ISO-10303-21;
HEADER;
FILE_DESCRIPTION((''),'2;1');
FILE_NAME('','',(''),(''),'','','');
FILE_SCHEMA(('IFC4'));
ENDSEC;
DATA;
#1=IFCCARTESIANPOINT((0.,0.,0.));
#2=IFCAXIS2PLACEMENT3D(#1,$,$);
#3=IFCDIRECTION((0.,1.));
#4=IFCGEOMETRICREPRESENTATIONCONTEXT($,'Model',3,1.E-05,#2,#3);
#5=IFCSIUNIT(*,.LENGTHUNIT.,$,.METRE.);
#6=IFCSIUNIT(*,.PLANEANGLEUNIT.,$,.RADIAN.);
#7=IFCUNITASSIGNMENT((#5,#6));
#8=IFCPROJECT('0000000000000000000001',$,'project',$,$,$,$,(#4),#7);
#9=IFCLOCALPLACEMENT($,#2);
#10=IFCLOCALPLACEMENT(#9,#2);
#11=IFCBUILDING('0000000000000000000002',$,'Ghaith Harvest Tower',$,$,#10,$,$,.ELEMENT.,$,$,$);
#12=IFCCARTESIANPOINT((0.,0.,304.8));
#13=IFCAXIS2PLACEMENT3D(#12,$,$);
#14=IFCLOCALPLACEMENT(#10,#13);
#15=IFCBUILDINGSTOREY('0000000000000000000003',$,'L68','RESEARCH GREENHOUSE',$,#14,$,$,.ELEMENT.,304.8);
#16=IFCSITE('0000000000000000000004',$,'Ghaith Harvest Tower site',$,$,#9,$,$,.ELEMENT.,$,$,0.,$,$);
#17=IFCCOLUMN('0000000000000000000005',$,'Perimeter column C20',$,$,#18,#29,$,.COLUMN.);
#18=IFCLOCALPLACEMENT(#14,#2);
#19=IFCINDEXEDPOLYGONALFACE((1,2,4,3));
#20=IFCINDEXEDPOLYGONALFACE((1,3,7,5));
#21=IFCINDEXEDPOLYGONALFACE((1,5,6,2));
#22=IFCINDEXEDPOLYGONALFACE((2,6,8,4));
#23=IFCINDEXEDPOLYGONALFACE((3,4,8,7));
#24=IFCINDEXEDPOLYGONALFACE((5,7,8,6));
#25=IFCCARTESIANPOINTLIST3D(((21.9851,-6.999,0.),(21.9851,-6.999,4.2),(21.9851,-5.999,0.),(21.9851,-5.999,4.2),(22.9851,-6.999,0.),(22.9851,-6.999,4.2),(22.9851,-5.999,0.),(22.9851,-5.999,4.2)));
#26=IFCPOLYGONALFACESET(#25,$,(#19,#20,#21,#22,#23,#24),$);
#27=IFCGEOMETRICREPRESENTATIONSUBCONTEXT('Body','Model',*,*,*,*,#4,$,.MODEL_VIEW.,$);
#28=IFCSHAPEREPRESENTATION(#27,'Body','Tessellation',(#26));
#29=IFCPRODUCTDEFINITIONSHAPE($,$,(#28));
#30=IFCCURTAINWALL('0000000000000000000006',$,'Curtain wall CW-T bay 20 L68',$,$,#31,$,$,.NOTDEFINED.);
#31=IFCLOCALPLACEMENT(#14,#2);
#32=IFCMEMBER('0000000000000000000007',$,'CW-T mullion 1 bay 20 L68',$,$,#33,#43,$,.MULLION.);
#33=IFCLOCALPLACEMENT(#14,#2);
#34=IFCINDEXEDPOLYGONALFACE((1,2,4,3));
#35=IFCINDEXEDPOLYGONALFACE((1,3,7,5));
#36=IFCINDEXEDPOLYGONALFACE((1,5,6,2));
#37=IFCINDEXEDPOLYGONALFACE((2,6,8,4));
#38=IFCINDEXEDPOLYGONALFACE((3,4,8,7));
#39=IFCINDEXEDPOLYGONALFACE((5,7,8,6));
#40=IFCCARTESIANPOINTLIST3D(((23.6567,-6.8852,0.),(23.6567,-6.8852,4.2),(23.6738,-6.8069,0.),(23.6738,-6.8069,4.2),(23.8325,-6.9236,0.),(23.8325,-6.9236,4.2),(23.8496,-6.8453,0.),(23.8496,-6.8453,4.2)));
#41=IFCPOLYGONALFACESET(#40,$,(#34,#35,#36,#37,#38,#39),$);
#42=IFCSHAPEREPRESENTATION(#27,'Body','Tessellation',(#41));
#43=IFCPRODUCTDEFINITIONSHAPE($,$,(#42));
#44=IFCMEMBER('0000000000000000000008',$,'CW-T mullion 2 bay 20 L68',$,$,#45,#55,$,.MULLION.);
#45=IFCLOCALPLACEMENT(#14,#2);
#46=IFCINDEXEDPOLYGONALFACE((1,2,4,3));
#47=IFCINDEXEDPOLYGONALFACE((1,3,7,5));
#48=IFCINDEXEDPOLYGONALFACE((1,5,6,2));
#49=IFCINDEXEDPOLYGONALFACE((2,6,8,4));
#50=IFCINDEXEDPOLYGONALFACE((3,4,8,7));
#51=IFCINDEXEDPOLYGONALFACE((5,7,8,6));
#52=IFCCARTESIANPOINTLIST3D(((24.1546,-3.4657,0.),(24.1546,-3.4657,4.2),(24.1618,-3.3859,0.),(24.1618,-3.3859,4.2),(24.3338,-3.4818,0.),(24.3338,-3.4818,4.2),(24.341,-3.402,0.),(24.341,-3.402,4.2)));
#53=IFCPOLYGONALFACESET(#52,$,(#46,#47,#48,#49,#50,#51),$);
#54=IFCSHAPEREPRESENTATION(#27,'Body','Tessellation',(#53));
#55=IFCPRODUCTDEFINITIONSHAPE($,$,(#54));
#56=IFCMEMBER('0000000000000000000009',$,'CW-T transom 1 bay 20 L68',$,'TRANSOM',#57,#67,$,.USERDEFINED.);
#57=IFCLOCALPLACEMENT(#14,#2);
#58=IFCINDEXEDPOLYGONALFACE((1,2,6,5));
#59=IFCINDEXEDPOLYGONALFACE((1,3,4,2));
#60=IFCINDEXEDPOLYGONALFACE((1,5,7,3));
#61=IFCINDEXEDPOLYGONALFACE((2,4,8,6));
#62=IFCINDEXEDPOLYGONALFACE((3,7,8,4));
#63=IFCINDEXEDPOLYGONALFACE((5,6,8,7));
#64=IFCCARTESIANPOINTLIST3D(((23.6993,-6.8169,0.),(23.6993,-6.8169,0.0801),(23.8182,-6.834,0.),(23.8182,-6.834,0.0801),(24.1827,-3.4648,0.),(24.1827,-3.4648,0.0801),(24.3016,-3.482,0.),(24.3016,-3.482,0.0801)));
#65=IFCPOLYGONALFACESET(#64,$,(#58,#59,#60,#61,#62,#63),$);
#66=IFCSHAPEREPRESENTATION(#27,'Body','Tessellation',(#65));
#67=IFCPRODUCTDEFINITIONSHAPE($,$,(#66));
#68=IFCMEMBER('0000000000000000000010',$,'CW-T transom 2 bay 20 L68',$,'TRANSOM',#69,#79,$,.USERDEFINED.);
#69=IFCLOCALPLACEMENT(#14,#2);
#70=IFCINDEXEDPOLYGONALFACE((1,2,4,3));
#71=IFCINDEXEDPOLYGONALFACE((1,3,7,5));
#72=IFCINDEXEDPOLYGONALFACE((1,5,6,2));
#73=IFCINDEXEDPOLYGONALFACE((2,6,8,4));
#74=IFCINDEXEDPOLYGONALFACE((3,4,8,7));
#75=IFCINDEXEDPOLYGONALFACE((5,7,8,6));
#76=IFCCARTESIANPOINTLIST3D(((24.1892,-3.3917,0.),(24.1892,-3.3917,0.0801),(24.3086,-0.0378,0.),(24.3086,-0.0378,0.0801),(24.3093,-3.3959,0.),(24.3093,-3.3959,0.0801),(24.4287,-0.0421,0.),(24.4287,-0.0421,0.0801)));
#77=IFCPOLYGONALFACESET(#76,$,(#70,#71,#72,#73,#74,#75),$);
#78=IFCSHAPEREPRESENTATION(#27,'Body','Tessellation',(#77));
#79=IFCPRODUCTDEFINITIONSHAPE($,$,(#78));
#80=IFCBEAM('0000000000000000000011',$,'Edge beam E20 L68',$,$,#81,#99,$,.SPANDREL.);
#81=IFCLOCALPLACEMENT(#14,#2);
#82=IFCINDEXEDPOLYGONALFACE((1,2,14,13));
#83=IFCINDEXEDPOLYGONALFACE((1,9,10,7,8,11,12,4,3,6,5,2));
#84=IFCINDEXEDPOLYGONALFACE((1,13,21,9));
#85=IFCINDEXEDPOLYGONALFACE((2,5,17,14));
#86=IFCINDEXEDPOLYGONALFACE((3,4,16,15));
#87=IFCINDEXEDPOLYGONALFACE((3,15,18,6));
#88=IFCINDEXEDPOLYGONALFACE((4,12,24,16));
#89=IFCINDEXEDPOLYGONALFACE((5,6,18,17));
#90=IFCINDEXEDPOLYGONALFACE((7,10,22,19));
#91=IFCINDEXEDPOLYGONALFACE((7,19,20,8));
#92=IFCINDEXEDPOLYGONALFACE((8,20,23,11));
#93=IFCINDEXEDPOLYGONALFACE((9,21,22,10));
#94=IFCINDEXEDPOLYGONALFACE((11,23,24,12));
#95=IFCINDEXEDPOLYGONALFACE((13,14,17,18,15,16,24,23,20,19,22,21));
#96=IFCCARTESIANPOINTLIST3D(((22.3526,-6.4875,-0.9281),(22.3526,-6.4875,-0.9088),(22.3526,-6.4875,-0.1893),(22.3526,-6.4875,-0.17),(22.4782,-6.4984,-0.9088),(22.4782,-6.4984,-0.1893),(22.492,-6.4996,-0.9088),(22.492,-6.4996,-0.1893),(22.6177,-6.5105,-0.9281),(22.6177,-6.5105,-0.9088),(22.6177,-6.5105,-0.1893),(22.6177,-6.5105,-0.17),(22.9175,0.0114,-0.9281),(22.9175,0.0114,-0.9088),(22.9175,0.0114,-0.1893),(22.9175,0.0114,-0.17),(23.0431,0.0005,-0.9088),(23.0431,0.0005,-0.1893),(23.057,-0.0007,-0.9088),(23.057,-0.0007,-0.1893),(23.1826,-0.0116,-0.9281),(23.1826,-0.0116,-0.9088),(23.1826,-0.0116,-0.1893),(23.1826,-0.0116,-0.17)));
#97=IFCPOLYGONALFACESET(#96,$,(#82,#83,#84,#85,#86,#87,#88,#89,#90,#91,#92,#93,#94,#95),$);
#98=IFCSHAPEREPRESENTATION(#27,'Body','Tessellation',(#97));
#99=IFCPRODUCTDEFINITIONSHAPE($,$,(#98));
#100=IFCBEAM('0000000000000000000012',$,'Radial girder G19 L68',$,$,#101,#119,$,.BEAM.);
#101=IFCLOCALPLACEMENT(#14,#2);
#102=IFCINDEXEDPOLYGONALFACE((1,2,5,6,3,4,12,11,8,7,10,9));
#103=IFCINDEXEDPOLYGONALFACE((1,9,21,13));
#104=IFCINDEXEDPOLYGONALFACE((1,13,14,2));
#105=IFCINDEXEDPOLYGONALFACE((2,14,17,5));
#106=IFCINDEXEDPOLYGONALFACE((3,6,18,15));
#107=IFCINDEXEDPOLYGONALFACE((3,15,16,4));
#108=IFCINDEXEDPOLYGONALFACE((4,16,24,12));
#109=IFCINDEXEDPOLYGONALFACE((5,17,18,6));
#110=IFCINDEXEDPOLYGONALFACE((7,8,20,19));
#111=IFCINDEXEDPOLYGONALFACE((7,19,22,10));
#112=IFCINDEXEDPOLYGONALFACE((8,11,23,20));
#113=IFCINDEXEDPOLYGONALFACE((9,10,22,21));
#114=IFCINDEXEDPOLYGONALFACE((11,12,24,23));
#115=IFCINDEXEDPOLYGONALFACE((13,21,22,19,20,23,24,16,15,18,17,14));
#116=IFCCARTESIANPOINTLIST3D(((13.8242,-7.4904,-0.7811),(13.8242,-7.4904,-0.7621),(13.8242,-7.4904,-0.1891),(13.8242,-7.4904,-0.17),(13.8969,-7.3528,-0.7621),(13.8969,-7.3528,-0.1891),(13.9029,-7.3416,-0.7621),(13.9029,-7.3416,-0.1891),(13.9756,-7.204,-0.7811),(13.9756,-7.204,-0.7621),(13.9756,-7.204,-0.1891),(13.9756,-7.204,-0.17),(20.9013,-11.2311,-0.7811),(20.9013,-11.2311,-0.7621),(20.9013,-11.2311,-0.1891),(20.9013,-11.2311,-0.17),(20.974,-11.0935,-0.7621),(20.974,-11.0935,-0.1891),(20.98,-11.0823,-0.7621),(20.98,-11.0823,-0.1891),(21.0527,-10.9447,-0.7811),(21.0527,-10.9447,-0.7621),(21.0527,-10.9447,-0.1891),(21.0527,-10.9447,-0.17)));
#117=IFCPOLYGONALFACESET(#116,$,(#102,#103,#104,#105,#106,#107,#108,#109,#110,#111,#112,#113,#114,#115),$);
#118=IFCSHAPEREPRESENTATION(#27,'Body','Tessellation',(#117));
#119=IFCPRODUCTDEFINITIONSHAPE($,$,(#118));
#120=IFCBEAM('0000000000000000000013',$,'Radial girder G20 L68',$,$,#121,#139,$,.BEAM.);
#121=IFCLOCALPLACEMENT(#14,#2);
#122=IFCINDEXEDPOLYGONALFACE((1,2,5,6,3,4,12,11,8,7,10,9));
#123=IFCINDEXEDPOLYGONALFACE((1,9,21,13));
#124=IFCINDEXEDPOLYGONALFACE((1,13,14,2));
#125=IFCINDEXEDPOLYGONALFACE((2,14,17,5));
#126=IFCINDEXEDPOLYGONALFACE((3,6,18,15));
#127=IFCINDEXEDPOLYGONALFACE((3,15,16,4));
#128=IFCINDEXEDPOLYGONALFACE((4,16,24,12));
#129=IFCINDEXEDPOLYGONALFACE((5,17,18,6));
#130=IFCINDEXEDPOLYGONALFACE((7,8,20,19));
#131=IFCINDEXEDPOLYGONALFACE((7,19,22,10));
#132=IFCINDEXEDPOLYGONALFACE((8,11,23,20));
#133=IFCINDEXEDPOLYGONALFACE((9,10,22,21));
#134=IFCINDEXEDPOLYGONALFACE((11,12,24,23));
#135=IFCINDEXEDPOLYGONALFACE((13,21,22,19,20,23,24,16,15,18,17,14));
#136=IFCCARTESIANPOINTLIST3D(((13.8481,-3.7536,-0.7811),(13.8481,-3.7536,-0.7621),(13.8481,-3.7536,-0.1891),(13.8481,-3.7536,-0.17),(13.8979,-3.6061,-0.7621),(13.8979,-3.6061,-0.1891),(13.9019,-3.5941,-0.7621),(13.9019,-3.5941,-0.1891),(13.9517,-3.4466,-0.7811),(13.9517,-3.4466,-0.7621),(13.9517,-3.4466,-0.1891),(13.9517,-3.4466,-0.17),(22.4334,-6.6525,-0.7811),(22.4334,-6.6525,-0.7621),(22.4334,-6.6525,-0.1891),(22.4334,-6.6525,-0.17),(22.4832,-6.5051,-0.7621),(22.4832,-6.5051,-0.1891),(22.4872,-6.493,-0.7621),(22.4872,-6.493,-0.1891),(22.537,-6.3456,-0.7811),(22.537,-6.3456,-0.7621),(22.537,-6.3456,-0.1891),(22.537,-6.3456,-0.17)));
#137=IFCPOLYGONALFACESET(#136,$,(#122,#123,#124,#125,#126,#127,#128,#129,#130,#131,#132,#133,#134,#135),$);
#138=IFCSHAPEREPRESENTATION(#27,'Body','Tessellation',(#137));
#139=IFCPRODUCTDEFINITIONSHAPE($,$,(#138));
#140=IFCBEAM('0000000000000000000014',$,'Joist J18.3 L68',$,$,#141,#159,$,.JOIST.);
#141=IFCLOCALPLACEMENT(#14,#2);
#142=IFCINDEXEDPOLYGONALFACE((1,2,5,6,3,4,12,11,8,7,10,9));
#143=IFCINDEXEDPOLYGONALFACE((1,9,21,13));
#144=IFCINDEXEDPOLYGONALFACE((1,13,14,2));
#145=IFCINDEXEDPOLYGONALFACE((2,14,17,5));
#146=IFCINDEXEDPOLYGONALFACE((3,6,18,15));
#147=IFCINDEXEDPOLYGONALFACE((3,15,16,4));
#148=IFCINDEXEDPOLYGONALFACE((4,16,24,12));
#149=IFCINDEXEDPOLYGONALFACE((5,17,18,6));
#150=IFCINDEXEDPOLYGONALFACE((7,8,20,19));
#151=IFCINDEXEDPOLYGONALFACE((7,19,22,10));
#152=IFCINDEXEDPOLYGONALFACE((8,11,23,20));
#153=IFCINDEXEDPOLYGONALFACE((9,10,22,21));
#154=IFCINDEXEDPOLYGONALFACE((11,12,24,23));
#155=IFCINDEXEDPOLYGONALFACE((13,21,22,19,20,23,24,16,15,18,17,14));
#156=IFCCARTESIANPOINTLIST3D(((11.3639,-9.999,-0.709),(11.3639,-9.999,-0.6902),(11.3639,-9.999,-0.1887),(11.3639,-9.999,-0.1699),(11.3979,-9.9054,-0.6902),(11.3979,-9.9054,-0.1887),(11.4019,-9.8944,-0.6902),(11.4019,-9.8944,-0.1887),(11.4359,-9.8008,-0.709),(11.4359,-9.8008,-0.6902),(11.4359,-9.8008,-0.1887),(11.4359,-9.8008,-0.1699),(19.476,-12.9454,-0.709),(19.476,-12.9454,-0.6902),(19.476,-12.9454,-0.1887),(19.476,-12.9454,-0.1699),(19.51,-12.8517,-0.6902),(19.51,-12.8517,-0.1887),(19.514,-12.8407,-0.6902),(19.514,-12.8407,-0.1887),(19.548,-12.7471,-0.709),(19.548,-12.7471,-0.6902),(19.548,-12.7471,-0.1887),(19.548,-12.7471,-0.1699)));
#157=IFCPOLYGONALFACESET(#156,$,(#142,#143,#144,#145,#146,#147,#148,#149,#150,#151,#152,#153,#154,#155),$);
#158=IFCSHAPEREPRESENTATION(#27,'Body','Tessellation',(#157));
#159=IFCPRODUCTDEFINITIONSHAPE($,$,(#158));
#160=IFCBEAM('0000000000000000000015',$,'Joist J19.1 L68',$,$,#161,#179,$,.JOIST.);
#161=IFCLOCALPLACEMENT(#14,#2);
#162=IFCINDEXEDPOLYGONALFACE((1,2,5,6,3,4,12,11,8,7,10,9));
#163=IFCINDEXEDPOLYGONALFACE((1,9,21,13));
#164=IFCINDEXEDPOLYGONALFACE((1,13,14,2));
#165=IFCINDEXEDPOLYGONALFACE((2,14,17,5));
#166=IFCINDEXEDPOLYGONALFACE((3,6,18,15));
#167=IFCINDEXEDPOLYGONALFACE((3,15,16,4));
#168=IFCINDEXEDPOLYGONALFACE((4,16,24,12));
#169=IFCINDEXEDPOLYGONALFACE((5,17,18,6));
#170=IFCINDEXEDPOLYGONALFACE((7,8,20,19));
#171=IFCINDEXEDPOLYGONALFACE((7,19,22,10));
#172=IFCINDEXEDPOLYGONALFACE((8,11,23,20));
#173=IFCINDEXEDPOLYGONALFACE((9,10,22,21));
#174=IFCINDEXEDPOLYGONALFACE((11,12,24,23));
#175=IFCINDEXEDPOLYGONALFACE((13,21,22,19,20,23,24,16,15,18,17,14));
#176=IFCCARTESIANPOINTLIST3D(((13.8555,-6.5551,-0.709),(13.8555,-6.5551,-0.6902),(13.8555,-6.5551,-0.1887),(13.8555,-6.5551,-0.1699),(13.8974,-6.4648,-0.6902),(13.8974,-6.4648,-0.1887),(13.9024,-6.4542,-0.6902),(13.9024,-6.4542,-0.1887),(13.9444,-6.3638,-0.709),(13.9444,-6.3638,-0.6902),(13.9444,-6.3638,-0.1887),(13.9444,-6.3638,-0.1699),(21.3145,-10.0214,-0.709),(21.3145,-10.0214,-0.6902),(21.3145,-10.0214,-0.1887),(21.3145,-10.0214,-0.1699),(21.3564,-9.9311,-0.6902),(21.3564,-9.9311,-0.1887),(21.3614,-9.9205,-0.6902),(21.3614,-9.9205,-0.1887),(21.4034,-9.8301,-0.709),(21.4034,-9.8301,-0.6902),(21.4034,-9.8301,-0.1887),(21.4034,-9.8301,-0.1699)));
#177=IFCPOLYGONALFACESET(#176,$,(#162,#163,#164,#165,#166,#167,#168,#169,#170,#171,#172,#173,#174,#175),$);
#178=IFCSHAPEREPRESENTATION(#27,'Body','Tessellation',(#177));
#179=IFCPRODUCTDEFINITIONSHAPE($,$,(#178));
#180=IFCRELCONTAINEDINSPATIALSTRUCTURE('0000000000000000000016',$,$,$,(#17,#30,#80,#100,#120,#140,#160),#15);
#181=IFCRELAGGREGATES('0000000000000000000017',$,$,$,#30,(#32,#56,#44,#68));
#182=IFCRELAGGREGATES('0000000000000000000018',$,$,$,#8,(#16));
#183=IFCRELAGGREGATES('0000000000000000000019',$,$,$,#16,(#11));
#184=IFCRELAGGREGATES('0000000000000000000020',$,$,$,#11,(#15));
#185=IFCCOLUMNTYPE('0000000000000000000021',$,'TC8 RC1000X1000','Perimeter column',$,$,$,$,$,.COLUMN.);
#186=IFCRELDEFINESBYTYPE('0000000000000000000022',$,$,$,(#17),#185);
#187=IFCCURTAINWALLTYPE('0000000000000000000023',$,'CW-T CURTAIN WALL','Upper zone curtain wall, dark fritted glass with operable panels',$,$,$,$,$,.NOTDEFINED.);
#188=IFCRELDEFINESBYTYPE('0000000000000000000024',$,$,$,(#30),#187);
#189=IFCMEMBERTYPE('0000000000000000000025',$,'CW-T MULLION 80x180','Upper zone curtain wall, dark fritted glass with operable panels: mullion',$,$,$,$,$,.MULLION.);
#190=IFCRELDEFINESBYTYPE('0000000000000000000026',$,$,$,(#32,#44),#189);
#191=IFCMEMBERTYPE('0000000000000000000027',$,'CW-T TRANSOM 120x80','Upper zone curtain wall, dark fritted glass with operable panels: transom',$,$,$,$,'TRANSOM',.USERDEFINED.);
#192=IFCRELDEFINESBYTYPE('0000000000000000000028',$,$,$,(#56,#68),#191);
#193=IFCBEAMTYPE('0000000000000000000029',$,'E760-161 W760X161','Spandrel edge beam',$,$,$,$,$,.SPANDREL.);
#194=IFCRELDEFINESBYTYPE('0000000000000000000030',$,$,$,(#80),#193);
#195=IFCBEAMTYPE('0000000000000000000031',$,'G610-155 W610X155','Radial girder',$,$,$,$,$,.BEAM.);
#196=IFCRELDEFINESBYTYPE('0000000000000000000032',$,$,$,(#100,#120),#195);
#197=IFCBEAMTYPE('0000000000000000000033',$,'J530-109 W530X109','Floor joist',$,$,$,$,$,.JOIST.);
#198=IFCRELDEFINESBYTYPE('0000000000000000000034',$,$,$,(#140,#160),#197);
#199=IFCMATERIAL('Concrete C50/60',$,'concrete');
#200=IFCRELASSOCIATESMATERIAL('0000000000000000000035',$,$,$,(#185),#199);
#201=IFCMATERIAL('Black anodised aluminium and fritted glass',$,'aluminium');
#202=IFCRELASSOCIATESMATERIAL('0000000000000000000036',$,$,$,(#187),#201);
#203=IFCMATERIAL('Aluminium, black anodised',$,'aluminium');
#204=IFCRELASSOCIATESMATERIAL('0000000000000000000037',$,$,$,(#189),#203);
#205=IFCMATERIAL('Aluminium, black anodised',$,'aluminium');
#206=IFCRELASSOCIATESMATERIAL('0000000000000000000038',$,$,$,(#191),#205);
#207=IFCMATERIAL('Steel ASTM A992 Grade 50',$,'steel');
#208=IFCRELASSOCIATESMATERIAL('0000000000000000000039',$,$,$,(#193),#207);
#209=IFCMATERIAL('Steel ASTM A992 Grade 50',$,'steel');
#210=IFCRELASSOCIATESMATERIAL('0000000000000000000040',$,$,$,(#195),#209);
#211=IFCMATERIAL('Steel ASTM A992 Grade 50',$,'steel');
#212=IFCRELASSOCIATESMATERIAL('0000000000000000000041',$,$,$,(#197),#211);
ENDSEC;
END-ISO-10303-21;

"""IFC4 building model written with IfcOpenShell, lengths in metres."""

from ifc_helpers import new_model, si_unit, direction, frame, origin, origin_2d, place, context, subcontext, project, spatial, rectangle, i_section, extrude, material, material_profile, profile_set, type_object, element, aggregate, save


model = new_model("IFC4")

# Units and contexts
model_context = context("Model", 3, precision=1e-05, world=origin(), true_north=direction((0.0, 1.0)))
body_context = subcontext(model_context, "Body", "Model", "MODEL_VIEW")
ifc_project = project(units=[si_unit("LENGTHUNIT", "METRE"), si_unit("PLANEANGLEUNIT", "RADIAN")], contexts=[model_context])

# Site, building, storey
site_placement = place(None, origin())
site = spatial("IfcSite", under=ifc_project, at=site_placement, Name="Ghaith Harvest Tower site", CompositionType="ELEMENT", RefElevation=0.0)
building_placement = place(site_placement, origin())
building = spatial("IfcBuilding", under=site, at=building_placement, Name="Ghaith Harvest Tower", CompositionType="ELEMENT")
storey_placement = place(building_placement, frame((0.0, 0.0, 304.8)))
storey = spatial("IfcBuildingStorey", under=building, at=storey_placement, Name="L68", Description="RESEARCH GREENHOUSE", CompositionType="ELEMENT", Elevation=304.8)

# Column
ifc_material_1 = material(Name="Concrete C50/60", Category="concrete")
ifc_material_profile_1 = material_profile(ifc_material_1, rectangle(XDim=1.0, YDim=1.0, at=origin_2d()), Name="RC1000X1000")
ifc_profile_set_1 = profile_set([ifc_material_profile_1], Name="Concrete C50/60")
column_type = type_object("IfcColumnType", Name="TC8 RC1000X1000", Description="Perimeter column", PredefinedType="COLUMN", material=ifc_profile_set_1)
column_placement = place(storey_placement, frame((22.4851, -6.499, 0.0), z_axis=(0.0, 0.0, 1.0), x_axis=(1.0, 0.0, 0.0)))
element("IfcColumn", 1, at=column_placement, inside=storey, type_object=column_type, Name="Perimeter column C20", PredefinedType="COLUMN", context=body_context, shape_type="SweptSolid", body=[
    extrude(rectangle(XDim=1.0, YDim=1.0, at=origin_2d()), origin(), (0.0, 0.0, 1.0), 4.2),
])

# Curtain wall, members
ifc_material_2 = material(Name="Black anodised aluminium and fritted glass", Category="aluminium")
curtain_wall_type = type_object("IfcCurtainWallType", Name="CW-T CURTAIN WALL", Description="Upper zone curtain wall, dark fritted glass with operable panels", PredefinedType="NOTDEFINED", material=ifc_material_2)
curtain_wall_1_placement = place(storey_placement, origin())
curtain_wall_1 = element("IfcCurtainWall", 2, at=curtain_wall_1_placement, inside=storey, type_object=curtain_wall_type, Name="Curtain wall CW-T bay 20 L68", PredefinedType="NOTDEFINED")
ifc_material_3 = material(Name="Aluminium, black anodised", Category="aluminium")
ifc_material_profile_2 = material_profile(ifc_material_3, rectangle(XDim=0.0801, YDim=0.1799, at=origin_2d()), Name="CW-T MULLION 80x180")
ifc_profile_set_2 = profile_set([ifc_material_profile_2], Name="Aluminium, black anodised")
member_type_1 = type_object("IfcMemberType", Name="CW-T MULLION 80x180", Description="Upper zone curtain wall, dark fritted glass with operable panels: mullion", PredefinedType="MULLION", material=ifc_profile_set_2)
member_1_placement = place(storey_placement, frame((23.7532, -6.8652, 0.0), z_axis=(0.0, 0.0, 1.0), x_axis=(0.213402, 0.976964, 0.0)))
member_1 = element("IfcMember", 3, at=member_1_placement, type_object=member_type_1, Name="CW-T mullion 1 bay 20 L68", PredefinedType="MULLION", context=body_context, shape_type="SweptSolid", body=[
    extrude(rectangle(XDim=0.0801, YDim=0.1799, at=origin_2d()), origin(), (0.0, 0.0, 1.0), 4.2),
])
member_2_placement = place(storey_placement, frame((24.2478, -3.4338, 0.0), z_axis=(0.0, 0.0, 1.0), x_axis=(0.089502, 0.995987, 0.0)))
member_2 = element("IfcMember", 4, at=member_2_placement, type_object=member_type_1, Name="CW-T mullion 2 bay 20 L68", PredefinedType="MULLION", context=body_context, shape_type="SweptSolid", body=[
    extrude(rectangle(XDim=0.0801, YDim=0.1799, at=origin_2d()), origin(), (0.0, 0.0, 1.0), 4.2),
])
ifc_material_4 = material(Name="Aluminium, black anodised", Category="aluminium")
ifc_material_profile_3 = material_profile(ifc_material_4, rectangle(XDim=0.1201, YDim=0.0801, at=origin_2d()), Name="CW-T TRANSOM 120x80")
ifc_profile_set_3 = profile_set([ifc_material_profile_3], Name="Aluminium, black anodised")
member_type_2 = type_object("IfcMemberType", Name="CW-T TRANSOM 120x80", Description="Upper zone curtain wall, dark fritted glass with operable panels: transom", ElementType="TRANSOM", PredefinedType="USERDEFINED", material=ifc_profile_set_3)
member_3_placement = place(storey_placement, frame((23.7588, -6.8254, 0.04), z_axis=(0.142733, 0.989761, 0.0), x_axis=(-0.989761, 0.142733, 0.0)))
member_3 = element("IfcMember", 5, at=member_3_placement, type_object=member_type_2, Name="CW-T transom 1 bay 20 L68", ObjectType="TRANSOM", PredefinedType="USERDEFINED", context=body_context, shape_type="SweptSolid", body=[
    extrude(rectangle(XDim=0.1201, YDim=0.0801, at=origin_2d()), origin(), (0.0, 0.0, 1.0), 3.3867),
])
member_4_placement = place(storey_placement, frame((24.2493, -3.3938, 0.04), z_axis=(0.035575, 0.999367, 0.0), x_axis=(-0.999367, 0.035575, 0.0)))
member_4 = element("IfcMember", 6, at=member_4_placement, type_object=member_type_2, Name="CW-T transom 2 bay 20 L68", ObjectType="TRANSOM", PredefinedType="USERDEFINED", context=body_context, shape_type="SweptSolid", body=[
    extrude(rectangle(XDim=0.1201, YDim=0.0801, at=origin_2d()), origin(), (0.0, 0.0, 1.0), 3.356),
])

# Beams
ifc_material_5 = material(Name="Steel ASTM A992 Grade 50", Category="steel")
ifc_material_profile_4 = material_profile(ifc_material_5, i_section(OverallWidth=0.2661, OverallDepth=0.7581, WebThickness=0.0139, FlangeThickness=0.0193, at=origin_2d()), Name="W760X161")
ifc_profile_set_4 = profile_set([ifc_material_profile_4], Name="Steel ASTM A992 Grade 50")
beam_type_1 = type_object("IfcBeamType", Name="E760-161 W760X161", Description="Spandrel edge beam", PredefinedType="SPANDREL", material=ifc_profile_set_4)
beam_1_placement = place(storey_placement, frame((22.4851, -6.499, -0.5491), z_axis=(0.086601, 0.996243, 0.0), x_axis=(-0.996243, 0.086601, 0.0)))
element("IfcBeam", 7, at=beam_1_placement, inside=storey, type_object=beam_type_1, Name="Edge beam E20 L68", PredefinedType="SPANDREL", context=body_context, shape_type="SweptSolid", body=[
    extrude(i_section(OverallWidth=0.2661, OverallDepth=0.7581, WebThickness=0.0139, FlangeThickness=0.0193, at=origin_2d()), origin(), (0.0, 0.0, 1.0), 6.5234),
])
ifc_material_6 = material(Name="Steel ASTM A992 Grade 50", Category="steel")
ifc_material_profile_5 = material_profile(ifc_material_6, i_section(OverallWidth=0.324, OverallDepth=0.6111, WebThickness=0.0127, FlangeThickness=0.019, at=origin_2d()), Name="W610X155")
ifc_profile_set_5 = profile_set([ifc_material_profile_5], Name="Steel ASTM A992 Grade 50")
beam_type_2 = type_object("IfcBeamType", Name="G610-155 W610X155", Description="Radial girder", PredefinedType="BEAM", material=ifc_profile_set_5)
beam_2_placement = place(storey_placement, frame((13.8999, -7.3472, -0.4756), z_axis=(0.884098, -0.467302, 0.0), x_axis=(0.467302, 0.884098, 0.0)))
element("IfcBeam", 8, at=beam_2_placement, inside=storey, type_object=beam_type_2, Name="Radial girder G19 L68", PredefinedType="BEAM", context=body_context, shape_type="SweptSolid", body=[
    extrude(i_section(OverallWidth=0.324, OverallDepth=0.6111, WebThickness=0.0127, FlangeThickness=0.019, at=origin_2d()), origin(), (0.0, 0.0, 1.0), 8.0049),
])
beam_3_placement = place(storey_placement, frame((13.8999, -3.6001, -0.4756), z_axis=(0.947445, -0.319919, 0.0), x_axis=(0.319919, 0.947445, 0.0)))
element("IfcBeam", 9, at=beam_3_placement, inside=storey, type_object=beam_type_2, Name="Radial girder G20 L68", PredefinedType="BEAM", context=body_context, shape_type="SweptSolid", body=[
    extrude(i_section(OverallWidth=0.324, OverallDepth=0.6111, WebThickness=0.0127, FlangeThickness=0.019, at=origin_2d()), origin(), (0.0, 0.0, 1.0), 9.0615),
])
ifc_material_7 = material(Name="Steel ASTM A992 Grade 50", Category="steel")
ifc_material_profile_6 = material_profile(ifc_material_7, i_section(OverallWidth=0.2109, OverallDepth=0.5391, WebThickness=0.0117, FlangeThickness=0.0188, at=origin_2d()), Name="W530X109")
ifc_profile_set_6 = profile_set([ifc_material_profile_6], Name="Steel ASTM A992 Grade 50")
beam_type_3 = type_object("IfcBeamType", Name="J530-109 W530X109", Description="Floor joist", PredefinedType="JOIST", material=ifc_profile_set_6)
beam_4_placement = place(storey_placement, frame((11.3999, -9.8999, -0.4395), z_axis=(0.939926, -0.34138, 0.0), x_axis=(0.34138, 0.939926, 0.0)))
element("IfcBeam", 10, at=beam_4_placement, inside=storey, type_object=beam_type_3, Name="Joist J18.3 L68", PredefinedType="JOIST", context=body_context, shape_type="SweptSolid", body=[
    extrude(i_section(OverallWidth=0.2109, OverallDepth=0.5391, WebThickness=0.0117, FlangeThickness=0.0188, at=origin_2d()), origin(), (0.0, 0.0, 1.0), 8.6306),
])
beam_5_placement = place(storey_placement, frame((13.8999, -6.4595, -0.4395), z_axis=(0.90686, -0.421432, 0.0), x_axis=(0.421432, 0.90686, 0.0)))
element("IfcBeam", 11, at=beam_5_placement, inside=storey, type_object=beam_type_3, Name="Joist J19.1 L68", PredefinedType="JOIST", context=body_context, shape_type="SweptSolid", body=[
    extrude(i_section(OverallWidth=0.2109, OverallDepth=0.5391, WebThickness=0.0117, FlangeThickness=0.0188, at=origin_2d()), origin(), (0.0, 0.0, 1.0), 8.2251),
])

aggregate(curtain_wall_1, [member_1, member_3, member_2, member_4])

save(model, "model.ifc")
